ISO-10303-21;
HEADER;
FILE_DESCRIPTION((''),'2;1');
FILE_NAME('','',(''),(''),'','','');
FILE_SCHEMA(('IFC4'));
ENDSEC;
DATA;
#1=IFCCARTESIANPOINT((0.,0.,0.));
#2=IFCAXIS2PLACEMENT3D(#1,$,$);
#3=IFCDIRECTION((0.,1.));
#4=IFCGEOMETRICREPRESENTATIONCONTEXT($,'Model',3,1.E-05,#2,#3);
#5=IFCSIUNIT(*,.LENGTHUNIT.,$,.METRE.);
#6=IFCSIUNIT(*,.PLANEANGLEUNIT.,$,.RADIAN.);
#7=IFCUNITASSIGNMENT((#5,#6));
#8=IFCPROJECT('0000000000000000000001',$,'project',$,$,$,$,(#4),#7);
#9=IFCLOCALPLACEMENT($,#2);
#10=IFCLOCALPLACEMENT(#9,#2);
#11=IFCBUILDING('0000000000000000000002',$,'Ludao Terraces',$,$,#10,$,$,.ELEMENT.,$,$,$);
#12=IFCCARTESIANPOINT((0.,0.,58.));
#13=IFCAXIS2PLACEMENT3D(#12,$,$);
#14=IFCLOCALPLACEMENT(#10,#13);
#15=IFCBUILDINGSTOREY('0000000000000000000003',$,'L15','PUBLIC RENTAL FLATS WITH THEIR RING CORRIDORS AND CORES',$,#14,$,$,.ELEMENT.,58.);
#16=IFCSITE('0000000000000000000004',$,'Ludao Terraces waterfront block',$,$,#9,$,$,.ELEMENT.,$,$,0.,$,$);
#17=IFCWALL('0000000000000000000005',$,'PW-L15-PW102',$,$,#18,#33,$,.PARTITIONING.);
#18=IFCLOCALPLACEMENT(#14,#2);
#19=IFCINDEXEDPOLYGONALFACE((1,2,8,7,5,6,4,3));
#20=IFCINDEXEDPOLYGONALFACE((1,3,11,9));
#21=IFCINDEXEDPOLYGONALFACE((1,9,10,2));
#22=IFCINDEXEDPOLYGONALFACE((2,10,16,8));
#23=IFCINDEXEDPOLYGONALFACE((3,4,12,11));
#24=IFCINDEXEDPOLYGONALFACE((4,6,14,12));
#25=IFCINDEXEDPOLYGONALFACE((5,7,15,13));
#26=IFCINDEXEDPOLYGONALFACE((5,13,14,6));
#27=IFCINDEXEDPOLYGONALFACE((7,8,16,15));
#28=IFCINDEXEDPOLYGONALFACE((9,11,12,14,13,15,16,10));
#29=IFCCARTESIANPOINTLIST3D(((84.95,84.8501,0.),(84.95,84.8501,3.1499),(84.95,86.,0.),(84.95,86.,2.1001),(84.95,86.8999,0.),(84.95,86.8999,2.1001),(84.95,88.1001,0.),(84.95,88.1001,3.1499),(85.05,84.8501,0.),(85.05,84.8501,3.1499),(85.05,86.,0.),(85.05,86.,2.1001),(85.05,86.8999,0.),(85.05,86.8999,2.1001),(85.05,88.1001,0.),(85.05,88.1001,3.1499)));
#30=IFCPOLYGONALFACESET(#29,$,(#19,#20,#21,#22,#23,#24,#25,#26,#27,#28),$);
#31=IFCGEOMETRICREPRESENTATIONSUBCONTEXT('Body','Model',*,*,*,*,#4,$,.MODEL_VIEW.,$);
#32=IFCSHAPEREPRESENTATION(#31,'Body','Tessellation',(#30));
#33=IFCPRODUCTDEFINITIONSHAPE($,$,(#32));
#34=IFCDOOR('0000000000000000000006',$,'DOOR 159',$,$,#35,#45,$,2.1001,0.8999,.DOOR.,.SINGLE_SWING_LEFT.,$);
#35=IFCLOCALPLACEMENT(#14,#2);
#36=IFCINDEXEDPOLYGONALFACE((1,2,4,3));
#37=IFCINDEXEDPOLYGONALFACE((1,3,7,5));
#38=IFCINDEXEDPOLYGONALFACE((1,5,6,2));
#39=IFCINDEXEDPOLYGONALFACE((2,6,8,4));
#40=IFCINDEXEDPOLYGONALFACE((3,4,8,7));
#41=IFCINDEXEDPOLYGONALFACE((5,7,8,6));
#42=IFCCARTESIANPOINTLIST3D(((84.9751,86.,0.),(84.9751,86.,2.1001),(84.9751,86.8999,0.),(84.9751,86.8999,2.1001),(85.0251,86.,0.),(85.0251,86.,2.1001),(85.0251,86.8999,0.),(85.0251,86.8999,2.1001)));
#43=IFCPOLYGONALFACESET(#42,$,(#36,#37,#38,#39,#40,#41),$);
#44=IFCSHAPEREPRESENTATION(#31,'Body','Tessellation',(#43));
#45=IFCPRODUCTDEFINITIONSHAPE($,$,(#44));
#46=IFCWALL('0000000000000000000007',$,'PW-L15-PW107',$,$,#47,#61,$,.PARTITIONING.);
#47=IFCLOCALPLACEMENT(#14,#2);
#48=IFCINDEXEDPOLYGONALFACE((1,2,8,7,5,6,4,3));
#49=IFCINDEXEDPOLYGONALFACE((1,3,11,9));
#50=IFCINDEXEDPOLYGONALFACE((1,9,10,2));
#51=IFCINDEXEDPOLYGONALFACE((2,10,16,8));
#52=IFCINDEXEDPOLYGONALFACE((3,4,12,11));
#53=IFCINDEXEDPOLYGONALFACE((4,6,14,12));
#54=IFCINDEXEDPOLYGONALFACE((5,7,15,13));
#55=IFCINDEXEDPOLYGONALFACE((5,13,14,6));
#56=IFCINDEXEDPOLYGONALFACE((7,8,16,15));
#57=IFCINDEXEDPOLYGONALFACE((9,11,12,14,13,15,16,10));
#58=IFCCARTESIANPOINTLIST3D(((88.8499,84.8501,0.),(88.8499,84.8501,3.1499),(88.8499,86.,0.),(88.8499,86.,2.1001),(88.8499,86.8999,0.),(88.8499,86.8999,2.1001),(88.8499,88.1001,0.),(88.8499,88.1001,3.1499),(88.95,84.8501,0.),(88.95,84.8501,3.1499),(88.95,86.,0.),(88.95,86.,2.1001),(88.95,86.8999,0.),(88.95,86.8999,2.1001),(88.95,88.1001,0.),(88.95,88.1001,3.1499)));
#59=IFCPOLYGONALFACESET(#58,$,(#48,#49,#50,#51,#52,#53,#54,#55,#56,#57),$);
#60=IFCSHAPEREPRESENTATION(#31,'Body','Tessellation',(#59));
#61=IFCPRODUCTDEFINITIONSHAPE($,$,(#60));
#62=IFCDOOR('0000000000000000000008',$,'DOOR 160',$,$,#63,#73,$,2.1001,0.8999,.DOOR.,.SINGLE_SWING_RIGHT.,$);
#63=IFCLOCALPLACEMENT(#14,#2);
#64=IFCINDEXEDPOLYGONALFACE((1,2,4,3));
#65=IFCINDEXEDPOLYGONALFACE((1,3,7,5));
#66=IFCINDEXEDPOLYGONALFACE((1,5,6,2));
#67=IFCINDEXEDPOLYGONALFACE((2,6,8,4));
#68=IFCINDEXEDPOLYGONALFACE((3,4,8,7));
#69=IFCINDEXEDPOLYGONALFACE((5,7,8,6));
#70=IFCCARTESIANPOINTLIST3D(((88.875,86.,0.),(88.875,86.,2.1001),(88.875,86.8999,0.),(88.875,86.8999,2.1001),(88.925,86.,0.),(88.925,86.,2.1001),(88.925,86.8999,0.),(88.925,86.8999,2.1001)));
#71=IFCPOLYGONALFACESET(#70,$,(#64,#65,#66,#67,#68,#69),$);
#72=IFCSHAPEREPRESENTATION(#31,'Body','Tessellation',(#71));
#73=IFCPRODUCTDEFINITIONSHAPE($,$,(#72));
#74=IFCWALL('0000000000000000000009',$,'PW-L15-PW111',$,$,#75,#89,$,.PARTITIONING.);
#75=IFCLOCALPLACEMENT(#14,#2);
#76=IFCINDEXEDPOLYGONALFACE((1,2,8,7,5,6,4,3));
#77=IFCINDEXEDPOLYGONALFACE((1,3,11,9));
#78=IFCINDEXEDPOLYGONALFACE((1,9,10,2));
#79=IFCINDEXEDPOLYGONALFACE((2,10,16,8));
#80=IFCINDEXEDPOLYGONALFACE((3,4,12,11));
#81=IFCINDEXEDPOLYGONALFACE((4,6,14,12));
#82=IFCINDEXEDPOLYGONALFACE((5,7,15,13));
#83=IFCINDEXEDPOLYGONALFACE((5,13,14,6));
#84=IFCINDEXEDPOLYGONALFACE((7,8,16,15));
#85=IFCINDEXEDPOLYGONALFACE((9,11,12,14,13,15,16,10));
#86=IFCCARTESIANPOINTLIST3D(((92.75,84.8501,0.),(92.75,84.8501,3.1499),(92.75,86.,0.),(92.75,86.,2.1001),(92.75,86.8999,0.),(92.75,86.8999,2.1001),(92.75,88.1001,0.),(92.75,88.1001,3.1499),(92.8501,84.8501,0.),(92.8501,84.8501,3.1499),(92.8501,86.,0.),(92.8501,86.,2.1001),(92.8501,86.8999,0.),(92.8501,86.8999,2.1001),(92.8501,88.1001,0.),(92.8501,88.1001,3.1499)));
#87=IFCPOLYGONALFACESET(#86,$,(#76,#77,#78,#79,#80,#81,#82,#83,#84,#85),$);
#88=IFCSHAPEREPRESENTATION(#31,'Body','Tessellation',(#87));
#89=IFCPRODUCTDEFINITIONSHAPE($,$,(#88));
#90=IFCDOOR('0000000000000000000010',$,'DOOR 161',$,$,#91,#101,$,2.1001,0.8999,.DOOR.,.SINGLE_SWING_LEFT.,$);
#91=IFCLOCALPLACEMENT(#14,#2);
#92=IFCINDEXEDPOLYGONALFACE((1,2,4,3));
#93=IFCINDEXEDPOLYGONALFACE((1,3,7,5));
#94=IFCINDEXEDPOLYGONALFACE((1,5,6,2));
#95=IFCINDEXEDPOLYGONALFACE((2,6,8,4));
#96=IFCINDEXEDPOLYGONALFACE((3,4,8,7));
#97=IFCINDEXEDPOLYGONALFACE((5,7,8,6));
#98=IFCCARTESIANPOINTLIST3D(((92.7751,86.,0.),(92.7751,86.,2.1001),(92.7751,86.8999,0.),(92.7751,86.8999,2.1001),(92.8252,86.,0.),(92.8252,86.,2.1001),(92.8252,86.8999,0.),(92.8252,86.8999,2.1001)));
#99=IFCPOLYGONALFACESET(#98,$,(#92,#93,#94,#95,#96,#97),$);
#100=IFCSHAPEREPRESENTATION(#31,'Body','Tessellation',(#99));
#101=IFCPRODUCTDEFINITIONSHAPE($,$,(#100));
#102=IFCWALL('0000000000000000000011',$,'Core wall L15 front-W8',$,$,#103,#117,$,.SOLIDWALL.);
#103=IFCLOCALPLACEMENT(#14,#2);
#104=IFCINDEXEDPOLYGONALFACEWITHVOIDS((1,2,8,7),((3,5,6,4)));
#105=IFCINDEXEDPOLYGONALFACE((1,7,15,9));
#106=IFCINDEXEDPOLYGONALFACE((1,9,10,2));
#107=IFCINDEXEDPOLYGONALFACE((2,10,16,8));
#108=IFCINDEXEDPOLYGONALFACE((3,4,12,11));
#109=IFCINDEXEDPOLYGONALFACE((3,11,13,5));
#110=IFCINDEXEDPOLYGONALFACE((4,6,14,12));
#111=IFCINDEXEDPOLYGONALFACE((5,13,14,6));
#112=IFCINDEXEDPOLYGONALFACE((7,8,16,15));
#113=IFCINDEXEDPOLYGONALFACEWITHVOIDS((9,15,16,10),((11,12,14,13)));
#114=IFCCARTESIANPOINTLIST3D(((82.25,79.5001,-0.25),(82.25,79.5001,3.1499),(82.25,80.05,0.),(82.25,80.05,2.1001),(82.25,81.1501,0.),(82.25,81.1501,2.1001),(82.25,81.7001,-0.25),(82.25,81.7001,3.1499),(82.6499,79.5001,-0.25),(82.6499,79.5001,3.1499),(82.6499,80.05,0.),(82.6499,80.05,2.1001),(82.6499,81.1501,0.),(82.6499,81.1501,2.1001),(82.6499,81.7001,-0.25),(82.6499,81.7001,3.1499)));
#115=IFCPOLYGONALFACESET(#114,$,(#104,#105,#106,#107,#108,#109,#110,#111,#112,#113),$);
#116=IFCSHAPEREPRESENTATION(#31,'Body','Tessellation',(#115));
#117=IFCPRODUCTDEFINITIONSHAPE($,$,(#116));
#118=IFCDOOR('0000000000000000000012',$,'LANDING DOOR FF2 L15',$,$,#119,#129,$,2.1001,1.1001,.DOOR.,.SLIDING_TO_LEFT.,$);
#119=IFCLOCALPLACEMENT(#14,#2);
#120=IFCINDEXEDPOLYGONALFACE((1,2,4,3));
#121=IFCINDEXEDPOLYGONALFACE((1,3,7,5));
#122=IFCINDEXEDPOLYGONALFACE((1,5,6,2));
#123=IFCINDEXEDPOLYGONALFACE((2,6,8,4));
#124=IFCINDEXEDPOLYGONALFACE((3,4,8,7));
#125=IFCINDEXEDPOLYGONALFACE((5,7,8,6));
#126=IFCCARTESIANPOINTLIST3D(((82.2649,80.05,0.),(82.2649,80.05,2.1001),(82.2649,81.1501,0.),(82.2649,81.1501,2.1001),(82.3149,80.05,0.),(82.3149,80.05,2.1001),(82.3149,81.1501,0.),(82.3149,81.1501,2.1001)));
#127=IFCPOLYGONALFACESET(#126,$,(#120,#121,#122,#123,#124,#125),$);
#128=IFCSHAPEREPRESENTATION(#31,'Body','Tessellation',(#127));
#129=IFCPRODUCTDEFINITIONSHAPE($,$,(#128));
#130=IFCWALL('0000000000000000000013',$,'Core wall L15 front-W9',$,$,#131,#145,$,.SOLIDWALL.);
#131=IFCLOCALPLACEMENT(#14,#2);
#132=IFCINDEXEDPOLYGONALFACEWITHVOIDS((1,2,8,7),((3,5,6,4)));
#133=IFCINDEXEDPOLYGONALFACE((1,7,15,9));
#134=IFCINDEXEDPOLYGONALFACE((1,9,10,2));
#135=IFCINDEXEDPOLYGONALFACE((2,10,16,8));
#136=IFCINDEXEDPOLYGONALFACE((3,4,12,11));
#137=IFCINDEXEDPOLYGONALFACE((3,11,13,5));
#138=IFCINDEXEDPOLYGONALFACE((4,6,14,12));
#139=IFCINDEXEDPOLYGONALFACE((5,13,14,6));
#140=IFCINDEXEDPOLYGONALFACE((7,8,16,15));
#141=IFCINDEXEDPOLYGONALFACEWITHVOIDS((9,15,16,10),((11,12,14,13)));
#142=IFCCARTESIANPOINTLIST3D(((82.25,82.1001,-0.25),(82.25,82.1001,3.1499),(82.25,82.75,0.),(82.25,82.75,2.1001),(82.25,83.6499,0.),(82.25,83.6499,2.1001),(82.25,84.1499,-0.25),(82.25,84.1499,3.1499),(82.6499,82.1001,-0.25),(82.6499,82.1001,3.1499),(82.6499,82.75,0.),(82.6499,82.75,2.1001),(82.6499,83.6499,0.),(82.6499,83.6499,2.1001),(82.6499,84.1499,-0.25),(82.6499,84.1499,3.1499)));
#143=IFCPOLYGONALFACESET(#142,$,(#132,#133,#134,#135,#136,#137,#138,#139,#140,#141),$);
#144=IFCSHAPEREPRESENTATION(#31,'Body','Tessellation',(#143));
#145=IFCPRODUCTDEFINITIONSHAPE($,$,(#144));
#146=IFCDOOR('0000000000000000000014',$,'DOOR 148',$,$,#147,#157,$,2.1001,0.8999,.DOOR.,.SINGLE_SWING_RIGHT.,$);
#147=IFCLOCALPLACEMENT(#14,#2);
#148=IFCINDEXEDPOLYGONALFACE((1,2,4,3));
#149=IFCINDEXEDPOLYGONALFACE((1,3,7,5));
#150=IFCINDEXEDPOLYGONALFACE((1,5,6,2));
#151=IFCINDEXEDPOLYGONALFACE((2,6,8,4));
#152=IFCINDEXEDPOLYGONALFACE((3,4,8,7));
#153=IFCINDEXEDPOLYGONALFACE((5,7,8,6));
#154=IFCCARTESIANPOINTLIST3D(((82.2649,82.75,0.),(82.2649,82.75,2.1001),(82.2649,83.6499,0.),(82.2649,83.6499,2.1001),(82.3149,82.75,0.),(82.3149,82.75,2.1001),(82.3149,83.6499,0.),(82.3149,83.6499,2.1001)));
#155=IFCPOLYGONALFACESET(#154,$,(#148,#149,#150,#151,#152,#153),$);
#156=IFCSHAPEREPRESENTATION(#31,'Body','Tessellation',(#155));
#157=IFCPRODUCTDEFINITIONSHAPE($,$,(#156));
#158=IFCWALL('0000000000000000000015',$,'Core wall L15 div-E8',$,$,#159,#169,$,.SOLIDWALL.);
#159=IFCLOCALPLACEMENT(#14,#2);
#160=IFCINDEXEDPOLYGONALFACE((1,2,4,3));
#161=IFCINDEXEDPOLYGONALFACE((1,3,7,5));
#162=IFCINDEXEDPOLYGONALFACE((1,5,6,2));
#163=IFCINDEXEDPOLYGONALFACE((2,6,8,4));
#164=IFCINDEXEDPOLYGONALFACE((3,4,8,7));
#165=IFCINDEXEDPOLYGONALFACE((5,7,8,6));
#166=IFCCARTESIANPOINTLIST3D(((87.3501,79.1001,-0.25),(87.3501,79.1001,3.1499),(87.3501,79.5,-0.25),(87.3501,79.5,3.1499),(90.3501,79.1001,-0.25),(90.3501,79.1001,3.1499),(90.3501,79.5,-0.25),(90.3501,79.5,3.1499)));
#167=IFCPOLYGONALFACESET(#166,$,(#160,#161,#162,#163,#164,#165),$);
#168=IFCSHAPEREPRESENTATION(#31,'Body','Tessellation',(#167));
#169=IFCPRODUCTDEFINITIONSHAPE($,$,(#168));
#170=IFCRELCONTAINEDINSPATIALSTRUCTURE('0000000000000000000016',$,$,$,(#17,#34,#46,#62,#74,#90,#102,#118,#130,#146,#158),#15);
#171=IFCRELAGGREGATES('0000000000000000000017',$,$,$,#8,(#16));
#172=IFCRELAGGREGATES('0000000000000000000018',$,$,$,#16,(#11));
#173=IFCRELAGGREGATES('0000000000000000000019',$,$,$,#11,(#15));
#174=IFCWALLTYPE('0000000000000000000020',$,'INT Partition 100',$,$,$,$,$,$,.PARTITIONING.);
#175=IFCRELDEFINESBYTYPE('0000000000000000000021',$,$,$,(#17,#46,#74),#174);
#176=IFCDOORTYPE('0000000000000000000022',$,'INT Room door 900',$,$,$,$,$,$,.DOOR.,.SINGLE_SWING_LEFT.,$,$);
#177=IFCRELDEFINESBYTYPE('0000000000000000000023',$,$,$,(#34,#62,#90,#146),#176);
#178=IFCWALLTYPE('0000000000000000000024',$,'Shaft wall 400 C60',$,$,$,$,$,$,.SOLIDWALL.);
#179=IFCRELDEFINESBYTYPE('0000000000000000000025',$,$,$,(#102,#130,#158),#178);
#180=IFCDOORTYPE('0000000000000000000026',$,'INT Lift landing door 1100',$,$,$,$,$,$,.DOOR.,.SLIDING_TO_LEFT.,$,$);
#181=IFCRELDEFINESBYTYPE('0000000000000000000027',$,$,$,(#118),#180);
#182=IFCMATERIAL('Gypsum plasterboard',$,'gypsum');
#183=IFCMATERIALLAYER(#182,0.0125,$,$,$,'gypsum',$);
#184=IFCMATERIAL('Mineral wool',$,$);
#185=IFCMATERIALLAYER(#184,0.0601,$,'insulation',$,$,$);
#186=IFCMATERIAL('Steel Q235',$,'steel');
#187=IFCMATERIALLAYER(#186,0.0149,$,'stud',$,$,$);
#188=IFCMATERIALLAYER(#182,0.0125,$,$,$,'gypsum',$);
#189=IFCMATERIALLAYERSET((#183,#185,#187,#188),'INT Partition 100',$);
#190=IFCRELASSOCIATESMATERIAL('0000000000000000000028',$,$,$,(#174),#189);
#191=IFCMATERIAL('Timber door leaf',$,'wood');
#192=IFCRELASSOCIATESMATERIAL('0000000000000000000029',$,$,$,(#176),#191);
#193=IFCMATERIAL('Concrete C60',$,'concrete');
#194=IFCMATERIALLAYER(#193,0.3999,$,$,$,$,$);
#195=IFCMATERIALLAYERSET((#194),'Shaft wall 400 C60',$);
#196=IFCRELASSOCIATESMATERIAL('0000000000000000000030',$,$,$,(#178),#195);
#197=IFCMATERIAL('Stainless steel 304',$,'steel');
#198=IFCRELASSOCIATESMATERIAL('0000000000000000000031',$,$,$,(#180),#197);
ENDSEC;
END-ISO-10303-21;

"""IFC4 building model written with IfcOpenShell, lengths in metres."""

from ifc_helpers import new_model, si_unit, direction, frame, frame_2d, origin, place, context, subcontext, project, spatial, rectangle, extrude, material, layer, layer_set, type_object, element, fill, save


model = new_model("IFC4")

# Units and contexts
model_context = context("Model", 3, precision=1e-05, world=origin(), true_north=direction((0.0, 1.0)))
body_context = subcontext(model_context, "Body", "Model", "MODEL_VIEW")
ifc_project = project(units=[si_unit("LENGTHUNIT", "METRE"), si_unit("PLANEANGLEUNIT", "RADIAN")], contexts=[model_context])

# Site, building, storey
site_placement = place(None, origin())
site = spatial("IfcSite", under=ifc_project, at=site_placement, Name="Ludao Terraces waterfront block", CompositionType="ELEMENT", RefElevation=0.0)
building_placement = place(site_placement, origin())
building = spatial("IfcBuilding", under=site, at=building_placement, Name="Ludao Terraces", CompositionType="ELEMENT")
storey_placement = place(building_placement, frame((0.0, 0.0, 58.0)))
storey = spatial("IfcBuildingStorey", under=building, at=storey_placement, Name="L15", Description="PUBLIC RENTAL FLATS WITH THEIR RING CORRIDORS AND CORES", CompositionType="ELEMENT", Elevation=58.0)

# Shared definitions
ifc_material_1 = material(Name="Mineral wool")

# Walls, openings, doors
ifc_material_2 = material(Name="Gypsum plasterboard", Category="gypsum")
ifc_layer_1 = layer(ifc_material_2, 0.0125, Category="gypsum")
ifc_layer_2 = layer(ifc_material_1, 0.0601, Name="insulation")
ifc_material_3 = material(Name="Steel Q235", Category="steel")
ifc_layer_3 = layer(ifc_material_3, 0.0149, Name="stud")
ifc_layer_4 = layer(ifc_material_2, 0.0125, Category="gypsum")
ifc_layer_set_1 = layer_set([ifc_layer_1, ifc_layer_2, ifc_layer_3, ifc_layer_4], Name="INT Partition 100")
wall_type_1 = type_object("IfcWallType", Name="INT Partition 100", PredefinedType="PARTITIONING", material=ifc_layer_set_1)
wall_1_placement = place(storey_placement, frame((85.0, 84.8501, 0.0), z_axis=(0.0, 0.0, 1.0), x_axis=(0.0, 1.0, 0.0)))
wall_1 = element("IfcWall", 1, at=wall_1_placement, inside=storey, type_object=wall_type_1, Name="PW-L15-PW102", PredefinedType="PARTITIONING", context=body_context, shape_type="SweptSolid", body=[
    extrude(rectangle(XDim=3.25, YDim=0.1001, at=frame_2d((1.625, 0.0))), origin(), (0.0, 0.0, 1.0), 3.1499),
])
opening_1_placement = place(wall_1_placement, frame((1.1499, 0.0, 0.0)))
opening_1 = element("IfcOpeningElement", 2, at=opening_1_placement, cuts=wall_1, PredefinedType="OPENING", context=body_context, shape_type="SweptSolid", body=[
    extrude(rectangle(XDim=0.8999, YDim=2.1001, at=frame_2d((0.45, 1.05))), frame((0.0, 0.0601, 0.0), z_axis=(0.0, -1.0, 0.0), x_axis=(1.0, 0.0, 0.0)), (0.0, 0.0, 1.0), 0.1201),
])
ifc_material_4 = material(Name="Timber door leaf", Category="wood")
door_type_1 = type_object("IfcDoorType", Name="INT Room door 900", OperationType="SINGLE_SWING_LEFT", PredefinedType="DOOR", material=ifc_material_4)
door_1_placement = place(opening_1_placement, origin())
door_1 = element("IfcDoor", 3, at=door_1_placement, inside=storey, type_object=door_type_1, Name="DOOR 159", OperationType="SINGLE_SWING_LEFT", OverallHeight=2.1001, OverallWidth=0.8999, PredefinedType="DOOR", context=body_context, shape_type="SweptSolid", body=[
    extrude(rectangle(XDim=0.8999, YDim=2.1001, at=frame_2d((0.45, 1.05))), frame((0.0, 0.0249, 0.0), z_axis=(0.0, -1.0, 0.0), x_axis=(1.0, 0.0, 0.0)), (0.0, 0.0, 1.0), 0.05),
])
fill(opening_1, door_1)
wall_2_placement = place(storey_placement, frame((88.8999, 84.8501, 0.0), z_axis=(0.0, 0.0, 1.0), x_axis=(0.0, 1.0, 0.0)))
wall_2 = element("IfcWall", 4, at=wall_2_placement, inside=storey, type_object=wall_type_1, Name="PW-L15-PW107", PredefinedType="PARTITIONING", context=body_context, shape_type="SweptSolid", body=[
    extrude(rectangle(XDim=3.25, YDim=0.1001, at=frame_2d((1.625, 0.0))), origin(), (0.0, 0.0, 1.0), 3.1499),
])
opening_2_placement = place(wall_2_placement, frame((1.1499, 0.0, 0.0)))
opening_2 = element("IfcOpeningElement", 5, at=opening_2_placement, cuts=wall_2, PredefinedType="OPENING", context=body_context, shape_type="SweptSolid", body=[
    extrude(rectangle(XDim=0.8999, YDim=2.1001, at=frame_2d((0.45, 1.05))), frame((0.0, 0.0601, 0.0), z_axis=(0.0, -1.0, 0.0), x_axis=(1.0, 0.0, 0.0)), (0.0, 0.0, 1.0), 0.1201),
])
door_2_placement = place(opening_2_placement, origin())
door_2 = element("IfcDoor", 6, at=door_2_placement, inside=storey, type_object=door_type_1, Name="DOOR 160", OperationType="SINGLE_SWING_RIGHT", OverallHeight=2.1001, OverallWidth=0.8999, PredefinedType="DOOR", context=body_context, shape_type="SweptSolid", body=[
    extrude(rectangle(XDim=0.8999, YDim=2.1001, at=frame_2d((0.45, 1.05))), frame((0.0, 0.0249, 0.0), z_axis=(0.0, -1.0, 0.0), x_axis=(1.0, 0.0, 0.0)), (0.0, 0.0, 1.0), 0.05),
])
fill(opening_2, door_2)
wall_3_placement = place(storey_placement, frame((92.8, 84.8501, 0.0), z_axis=(0.0, 0.0, 1.0), x_axis=(0.0, 1.0, 0.0)))
wall_3 = element("IfcWall", 7, at=wall_3_placement, inside=storey, type_object=wall_type_1, Name="PW-L15-PW111", PredefinedType="PARTITIONING", context=body_context, shape_type="SweptSolid", body=[
    extrude(rectangle(XDim=3.25, YDim=0.1001, at=frame_2d((1.625, 0.0))), origin(), (0.0, 0.0, 1.0), 3.1499),
])
opening_3_placement = place(wall_3_placement, frame((1.1499, 0.0, 0.0)))
opening_3 = element("IfcOpeningElement", 8, at=opening_3_placement, cuts=wall_3, PredefinedType="OPENING", context=body_context, shape_type="SweptSolid", body=[
    extrude(rectangle(XDim=0.8999, YDim=2.1001, at=frame_2d((0.45, 1.05))), frame((0.0, 0.0601, 0.0), z_axis=(0.0, -1.0, 0.0), x_axis=(1.0, 0.0, 0.0)), (0.0, 0.0, 1.0), 0.1201),
])
door_3_placement = place(opening_3_placement, origin())
door_3 = element("IfcDoor", 9, at=door_3_placement, inside=storey, type_object=door_type_1, Name="DOOR 161", OperationType="SINGLE_SWING_LEFT", OverallHeight=2.1001, OverallWidth=0.8999, PredefinedType="DOOR", context=body_context, shape_type="SweptSolid", body=[
    extrude(rectangle(XDim=0.8999, YDim=2.1001, at=frame_2d((0.45, 1.05))), frame((0.0, 0.0249, 0.0), z_axis=(0.0, -1.0, 0.0), x_axis=(1.0, 0.0, 0.0)), (0.0, 0.0, 1.0), 0.05),
])
fill(opening_3, door_3)
ifc_material_5 = material(Name="Concrete C60", Category="concrete")
ifc_layer_5 = layer(ifc_material_5, 0.3999)
ifc_layer_set_2 = layer_set([ifc_layer_5], Name="Shaft wall 400 C60")
wall_type_2 = type_object("IfcWallType", Name="Shaft wall 400 C60", PredefinedType="SOLIDWALL", material=ifc_layer_set_2)
wall_4_placement = place(storey_placement, frame((82.45, 79.5, -0.25), z_axis=(0.0, 0.0, 1.0), x_axis=(0.0, 1.0, 0.0)))
wall_4 = element("IfcWall", 10, at=wall_4_placement, inside=storey, type_object=wall_type_2, Name="Core wall L15 front-W8", PredefinedType="SOLIDWALL", context=body_context, shape_type="SweptSolid", body=[
    extrude(rectangle(XDim=2.2, YDim=0.3999, at=frame_2d((1.1001, 0.0))), origin(), (0.0, 0.0, 1.0), 3.3999),
])
opening_4_placement = place(wall_4_placement, frame((0.55, 0.0, 0.25)))
opening_4 = element("IfcOpeningElement", 11, at=opening_4_placement, cuts=wall_4, PredefinedType="OPENING", context=body_context, shape_type="SweptSolid", body=[
    extrude(rectangle(XDim=1.1001, YDim=2.1001, at=frame_2d((0.55, 1.05))), frame((0.0, 0.21, 0.0), z_axis=(0.0, -1.0, 0.0), x_axis=(1.0, 0.0, 0.0)), (0.0, 0.0, 1.0), 0.4199),
])
ifc_material_6 = material(Name="Stainless steel 304", Category="steel")
door_type_2 = type_object("IfcDoorType", Name="INT Lift landing door 1100", OperationType="SLIDING_TO_LEFT", PredefinedType="DOOR", material=ifc_material_6)
door_4_placement = place(opening_4_placement, origin())
door_4 = element("IfcDoor", 12, at=door_4_placement, inside=storey, type_object=door_type_2, Name="LANDING DOOR FF2 L15", OperationType="SLIDING_TO_LEFT", OverallHeight=2.1001, OverallWidth=1.1001, PredefinedType="DOOR", context=body_context, shape_type="SweptSolid", body=[
    extrude(rectangle(XDim=1.1001, YDim=2.1001, at=frame_2d((0.55, 1.05))), frame((0.0, 0.1851, 0.0), z_axis=(0.0, -1.0, 0.0), x_axis=(1.0, 0.0, 0.0)), (0.0, 0.0, 1.0), 0.05),
])
fill(opening_4, door_4)
wall_5_placement = place(storey_placement, frame((82.45, 82.1001, -0.25), z_axis=(0.0, 0.0, 1.0), x_axis=(0.0, 1.0, 0.0)))
wall_5 = element("IfcWall", 13, at=wall_5_placement, inside=storey, type_object=wall_type_2, Name="Core wall L15 front-W9", PredefinedType="SOLIDWALL", context=body_context, shape_type="SweptSolid", body=[
    extrude(rectangle(XDim=2.0498, YDim=0.3999, at=frame_2d((1.0249, 0.0))), origin(), (0.0, 0.0, 1.0), 3.3999),
])
opening_5_placement = place(wall_5_placement, frame((0.6499, 0.0, 0.25)))
opening_5 = element("IfcOpeningElement", 14, at=opening_5_placement, cuts=wall_5, PredefinedType="OPENING", context=body_context, shape_type="SweptSolid", body=[
    extrude(rectangle(XDim=0.8999, YDim=2.1001, at=frame_2d((0.45, 1.05))), frame((0.0, 0.21, 0.0), z_axis=(0.0, -1.0, 0.0), x_axis=(1.0, 0.0, 0.0)), (0.0, 0.0, 1.0), 0.4199),
])
door_5_placement = place(opening_5_placement, origin())
door_5 = element("IfcDoor", 15, at=door_5_placement, inside=storey, type_object=door_type_1, Name="DOOR 148", OperationType="SINGLE_SWING_RIGHT", OverallHeight=2.1001, OverallWidth=0.8999, PredefinedType="DOOR", context=body_context, shape_type="SweptSolid", body=[
    extrude(rectangle(XDim=0.8999, YDim=2.1001, at=frame_2d((0.45, 1.05))), frame((0.0, 0.1851, 0.0), z_axis=(0.0, -1.0, 0.0), x_axis=(1.0, 0.0, 0.0)), (0.0, 0.0, 1.0), 0.05),
])
fill(opening_5, door_5)

# Wall
wall_6_placement = place(storey_placement, frame((87.3501, 79.3, -0.25), z_axis=(0.0, 0.0, 1.0), x_axis=(1.0, 0.0, 0.0)))
element("IfcWall", 16, at=wall_6_placement, inside=storey, type_object=wall_type_2, Name="Core wall L15 div-E8", PredefinedType="SOLIDWALL", context=body_context, shape_type="SweptSolid", body=[
    extrude(rectangle(XDim=3.0, YDim=0.3999, at=frame_2d((1.5, 0.0))), origin(), (0.0, 0.0, 1.0), 3.3999),
])

save(model, "model.ifc")
